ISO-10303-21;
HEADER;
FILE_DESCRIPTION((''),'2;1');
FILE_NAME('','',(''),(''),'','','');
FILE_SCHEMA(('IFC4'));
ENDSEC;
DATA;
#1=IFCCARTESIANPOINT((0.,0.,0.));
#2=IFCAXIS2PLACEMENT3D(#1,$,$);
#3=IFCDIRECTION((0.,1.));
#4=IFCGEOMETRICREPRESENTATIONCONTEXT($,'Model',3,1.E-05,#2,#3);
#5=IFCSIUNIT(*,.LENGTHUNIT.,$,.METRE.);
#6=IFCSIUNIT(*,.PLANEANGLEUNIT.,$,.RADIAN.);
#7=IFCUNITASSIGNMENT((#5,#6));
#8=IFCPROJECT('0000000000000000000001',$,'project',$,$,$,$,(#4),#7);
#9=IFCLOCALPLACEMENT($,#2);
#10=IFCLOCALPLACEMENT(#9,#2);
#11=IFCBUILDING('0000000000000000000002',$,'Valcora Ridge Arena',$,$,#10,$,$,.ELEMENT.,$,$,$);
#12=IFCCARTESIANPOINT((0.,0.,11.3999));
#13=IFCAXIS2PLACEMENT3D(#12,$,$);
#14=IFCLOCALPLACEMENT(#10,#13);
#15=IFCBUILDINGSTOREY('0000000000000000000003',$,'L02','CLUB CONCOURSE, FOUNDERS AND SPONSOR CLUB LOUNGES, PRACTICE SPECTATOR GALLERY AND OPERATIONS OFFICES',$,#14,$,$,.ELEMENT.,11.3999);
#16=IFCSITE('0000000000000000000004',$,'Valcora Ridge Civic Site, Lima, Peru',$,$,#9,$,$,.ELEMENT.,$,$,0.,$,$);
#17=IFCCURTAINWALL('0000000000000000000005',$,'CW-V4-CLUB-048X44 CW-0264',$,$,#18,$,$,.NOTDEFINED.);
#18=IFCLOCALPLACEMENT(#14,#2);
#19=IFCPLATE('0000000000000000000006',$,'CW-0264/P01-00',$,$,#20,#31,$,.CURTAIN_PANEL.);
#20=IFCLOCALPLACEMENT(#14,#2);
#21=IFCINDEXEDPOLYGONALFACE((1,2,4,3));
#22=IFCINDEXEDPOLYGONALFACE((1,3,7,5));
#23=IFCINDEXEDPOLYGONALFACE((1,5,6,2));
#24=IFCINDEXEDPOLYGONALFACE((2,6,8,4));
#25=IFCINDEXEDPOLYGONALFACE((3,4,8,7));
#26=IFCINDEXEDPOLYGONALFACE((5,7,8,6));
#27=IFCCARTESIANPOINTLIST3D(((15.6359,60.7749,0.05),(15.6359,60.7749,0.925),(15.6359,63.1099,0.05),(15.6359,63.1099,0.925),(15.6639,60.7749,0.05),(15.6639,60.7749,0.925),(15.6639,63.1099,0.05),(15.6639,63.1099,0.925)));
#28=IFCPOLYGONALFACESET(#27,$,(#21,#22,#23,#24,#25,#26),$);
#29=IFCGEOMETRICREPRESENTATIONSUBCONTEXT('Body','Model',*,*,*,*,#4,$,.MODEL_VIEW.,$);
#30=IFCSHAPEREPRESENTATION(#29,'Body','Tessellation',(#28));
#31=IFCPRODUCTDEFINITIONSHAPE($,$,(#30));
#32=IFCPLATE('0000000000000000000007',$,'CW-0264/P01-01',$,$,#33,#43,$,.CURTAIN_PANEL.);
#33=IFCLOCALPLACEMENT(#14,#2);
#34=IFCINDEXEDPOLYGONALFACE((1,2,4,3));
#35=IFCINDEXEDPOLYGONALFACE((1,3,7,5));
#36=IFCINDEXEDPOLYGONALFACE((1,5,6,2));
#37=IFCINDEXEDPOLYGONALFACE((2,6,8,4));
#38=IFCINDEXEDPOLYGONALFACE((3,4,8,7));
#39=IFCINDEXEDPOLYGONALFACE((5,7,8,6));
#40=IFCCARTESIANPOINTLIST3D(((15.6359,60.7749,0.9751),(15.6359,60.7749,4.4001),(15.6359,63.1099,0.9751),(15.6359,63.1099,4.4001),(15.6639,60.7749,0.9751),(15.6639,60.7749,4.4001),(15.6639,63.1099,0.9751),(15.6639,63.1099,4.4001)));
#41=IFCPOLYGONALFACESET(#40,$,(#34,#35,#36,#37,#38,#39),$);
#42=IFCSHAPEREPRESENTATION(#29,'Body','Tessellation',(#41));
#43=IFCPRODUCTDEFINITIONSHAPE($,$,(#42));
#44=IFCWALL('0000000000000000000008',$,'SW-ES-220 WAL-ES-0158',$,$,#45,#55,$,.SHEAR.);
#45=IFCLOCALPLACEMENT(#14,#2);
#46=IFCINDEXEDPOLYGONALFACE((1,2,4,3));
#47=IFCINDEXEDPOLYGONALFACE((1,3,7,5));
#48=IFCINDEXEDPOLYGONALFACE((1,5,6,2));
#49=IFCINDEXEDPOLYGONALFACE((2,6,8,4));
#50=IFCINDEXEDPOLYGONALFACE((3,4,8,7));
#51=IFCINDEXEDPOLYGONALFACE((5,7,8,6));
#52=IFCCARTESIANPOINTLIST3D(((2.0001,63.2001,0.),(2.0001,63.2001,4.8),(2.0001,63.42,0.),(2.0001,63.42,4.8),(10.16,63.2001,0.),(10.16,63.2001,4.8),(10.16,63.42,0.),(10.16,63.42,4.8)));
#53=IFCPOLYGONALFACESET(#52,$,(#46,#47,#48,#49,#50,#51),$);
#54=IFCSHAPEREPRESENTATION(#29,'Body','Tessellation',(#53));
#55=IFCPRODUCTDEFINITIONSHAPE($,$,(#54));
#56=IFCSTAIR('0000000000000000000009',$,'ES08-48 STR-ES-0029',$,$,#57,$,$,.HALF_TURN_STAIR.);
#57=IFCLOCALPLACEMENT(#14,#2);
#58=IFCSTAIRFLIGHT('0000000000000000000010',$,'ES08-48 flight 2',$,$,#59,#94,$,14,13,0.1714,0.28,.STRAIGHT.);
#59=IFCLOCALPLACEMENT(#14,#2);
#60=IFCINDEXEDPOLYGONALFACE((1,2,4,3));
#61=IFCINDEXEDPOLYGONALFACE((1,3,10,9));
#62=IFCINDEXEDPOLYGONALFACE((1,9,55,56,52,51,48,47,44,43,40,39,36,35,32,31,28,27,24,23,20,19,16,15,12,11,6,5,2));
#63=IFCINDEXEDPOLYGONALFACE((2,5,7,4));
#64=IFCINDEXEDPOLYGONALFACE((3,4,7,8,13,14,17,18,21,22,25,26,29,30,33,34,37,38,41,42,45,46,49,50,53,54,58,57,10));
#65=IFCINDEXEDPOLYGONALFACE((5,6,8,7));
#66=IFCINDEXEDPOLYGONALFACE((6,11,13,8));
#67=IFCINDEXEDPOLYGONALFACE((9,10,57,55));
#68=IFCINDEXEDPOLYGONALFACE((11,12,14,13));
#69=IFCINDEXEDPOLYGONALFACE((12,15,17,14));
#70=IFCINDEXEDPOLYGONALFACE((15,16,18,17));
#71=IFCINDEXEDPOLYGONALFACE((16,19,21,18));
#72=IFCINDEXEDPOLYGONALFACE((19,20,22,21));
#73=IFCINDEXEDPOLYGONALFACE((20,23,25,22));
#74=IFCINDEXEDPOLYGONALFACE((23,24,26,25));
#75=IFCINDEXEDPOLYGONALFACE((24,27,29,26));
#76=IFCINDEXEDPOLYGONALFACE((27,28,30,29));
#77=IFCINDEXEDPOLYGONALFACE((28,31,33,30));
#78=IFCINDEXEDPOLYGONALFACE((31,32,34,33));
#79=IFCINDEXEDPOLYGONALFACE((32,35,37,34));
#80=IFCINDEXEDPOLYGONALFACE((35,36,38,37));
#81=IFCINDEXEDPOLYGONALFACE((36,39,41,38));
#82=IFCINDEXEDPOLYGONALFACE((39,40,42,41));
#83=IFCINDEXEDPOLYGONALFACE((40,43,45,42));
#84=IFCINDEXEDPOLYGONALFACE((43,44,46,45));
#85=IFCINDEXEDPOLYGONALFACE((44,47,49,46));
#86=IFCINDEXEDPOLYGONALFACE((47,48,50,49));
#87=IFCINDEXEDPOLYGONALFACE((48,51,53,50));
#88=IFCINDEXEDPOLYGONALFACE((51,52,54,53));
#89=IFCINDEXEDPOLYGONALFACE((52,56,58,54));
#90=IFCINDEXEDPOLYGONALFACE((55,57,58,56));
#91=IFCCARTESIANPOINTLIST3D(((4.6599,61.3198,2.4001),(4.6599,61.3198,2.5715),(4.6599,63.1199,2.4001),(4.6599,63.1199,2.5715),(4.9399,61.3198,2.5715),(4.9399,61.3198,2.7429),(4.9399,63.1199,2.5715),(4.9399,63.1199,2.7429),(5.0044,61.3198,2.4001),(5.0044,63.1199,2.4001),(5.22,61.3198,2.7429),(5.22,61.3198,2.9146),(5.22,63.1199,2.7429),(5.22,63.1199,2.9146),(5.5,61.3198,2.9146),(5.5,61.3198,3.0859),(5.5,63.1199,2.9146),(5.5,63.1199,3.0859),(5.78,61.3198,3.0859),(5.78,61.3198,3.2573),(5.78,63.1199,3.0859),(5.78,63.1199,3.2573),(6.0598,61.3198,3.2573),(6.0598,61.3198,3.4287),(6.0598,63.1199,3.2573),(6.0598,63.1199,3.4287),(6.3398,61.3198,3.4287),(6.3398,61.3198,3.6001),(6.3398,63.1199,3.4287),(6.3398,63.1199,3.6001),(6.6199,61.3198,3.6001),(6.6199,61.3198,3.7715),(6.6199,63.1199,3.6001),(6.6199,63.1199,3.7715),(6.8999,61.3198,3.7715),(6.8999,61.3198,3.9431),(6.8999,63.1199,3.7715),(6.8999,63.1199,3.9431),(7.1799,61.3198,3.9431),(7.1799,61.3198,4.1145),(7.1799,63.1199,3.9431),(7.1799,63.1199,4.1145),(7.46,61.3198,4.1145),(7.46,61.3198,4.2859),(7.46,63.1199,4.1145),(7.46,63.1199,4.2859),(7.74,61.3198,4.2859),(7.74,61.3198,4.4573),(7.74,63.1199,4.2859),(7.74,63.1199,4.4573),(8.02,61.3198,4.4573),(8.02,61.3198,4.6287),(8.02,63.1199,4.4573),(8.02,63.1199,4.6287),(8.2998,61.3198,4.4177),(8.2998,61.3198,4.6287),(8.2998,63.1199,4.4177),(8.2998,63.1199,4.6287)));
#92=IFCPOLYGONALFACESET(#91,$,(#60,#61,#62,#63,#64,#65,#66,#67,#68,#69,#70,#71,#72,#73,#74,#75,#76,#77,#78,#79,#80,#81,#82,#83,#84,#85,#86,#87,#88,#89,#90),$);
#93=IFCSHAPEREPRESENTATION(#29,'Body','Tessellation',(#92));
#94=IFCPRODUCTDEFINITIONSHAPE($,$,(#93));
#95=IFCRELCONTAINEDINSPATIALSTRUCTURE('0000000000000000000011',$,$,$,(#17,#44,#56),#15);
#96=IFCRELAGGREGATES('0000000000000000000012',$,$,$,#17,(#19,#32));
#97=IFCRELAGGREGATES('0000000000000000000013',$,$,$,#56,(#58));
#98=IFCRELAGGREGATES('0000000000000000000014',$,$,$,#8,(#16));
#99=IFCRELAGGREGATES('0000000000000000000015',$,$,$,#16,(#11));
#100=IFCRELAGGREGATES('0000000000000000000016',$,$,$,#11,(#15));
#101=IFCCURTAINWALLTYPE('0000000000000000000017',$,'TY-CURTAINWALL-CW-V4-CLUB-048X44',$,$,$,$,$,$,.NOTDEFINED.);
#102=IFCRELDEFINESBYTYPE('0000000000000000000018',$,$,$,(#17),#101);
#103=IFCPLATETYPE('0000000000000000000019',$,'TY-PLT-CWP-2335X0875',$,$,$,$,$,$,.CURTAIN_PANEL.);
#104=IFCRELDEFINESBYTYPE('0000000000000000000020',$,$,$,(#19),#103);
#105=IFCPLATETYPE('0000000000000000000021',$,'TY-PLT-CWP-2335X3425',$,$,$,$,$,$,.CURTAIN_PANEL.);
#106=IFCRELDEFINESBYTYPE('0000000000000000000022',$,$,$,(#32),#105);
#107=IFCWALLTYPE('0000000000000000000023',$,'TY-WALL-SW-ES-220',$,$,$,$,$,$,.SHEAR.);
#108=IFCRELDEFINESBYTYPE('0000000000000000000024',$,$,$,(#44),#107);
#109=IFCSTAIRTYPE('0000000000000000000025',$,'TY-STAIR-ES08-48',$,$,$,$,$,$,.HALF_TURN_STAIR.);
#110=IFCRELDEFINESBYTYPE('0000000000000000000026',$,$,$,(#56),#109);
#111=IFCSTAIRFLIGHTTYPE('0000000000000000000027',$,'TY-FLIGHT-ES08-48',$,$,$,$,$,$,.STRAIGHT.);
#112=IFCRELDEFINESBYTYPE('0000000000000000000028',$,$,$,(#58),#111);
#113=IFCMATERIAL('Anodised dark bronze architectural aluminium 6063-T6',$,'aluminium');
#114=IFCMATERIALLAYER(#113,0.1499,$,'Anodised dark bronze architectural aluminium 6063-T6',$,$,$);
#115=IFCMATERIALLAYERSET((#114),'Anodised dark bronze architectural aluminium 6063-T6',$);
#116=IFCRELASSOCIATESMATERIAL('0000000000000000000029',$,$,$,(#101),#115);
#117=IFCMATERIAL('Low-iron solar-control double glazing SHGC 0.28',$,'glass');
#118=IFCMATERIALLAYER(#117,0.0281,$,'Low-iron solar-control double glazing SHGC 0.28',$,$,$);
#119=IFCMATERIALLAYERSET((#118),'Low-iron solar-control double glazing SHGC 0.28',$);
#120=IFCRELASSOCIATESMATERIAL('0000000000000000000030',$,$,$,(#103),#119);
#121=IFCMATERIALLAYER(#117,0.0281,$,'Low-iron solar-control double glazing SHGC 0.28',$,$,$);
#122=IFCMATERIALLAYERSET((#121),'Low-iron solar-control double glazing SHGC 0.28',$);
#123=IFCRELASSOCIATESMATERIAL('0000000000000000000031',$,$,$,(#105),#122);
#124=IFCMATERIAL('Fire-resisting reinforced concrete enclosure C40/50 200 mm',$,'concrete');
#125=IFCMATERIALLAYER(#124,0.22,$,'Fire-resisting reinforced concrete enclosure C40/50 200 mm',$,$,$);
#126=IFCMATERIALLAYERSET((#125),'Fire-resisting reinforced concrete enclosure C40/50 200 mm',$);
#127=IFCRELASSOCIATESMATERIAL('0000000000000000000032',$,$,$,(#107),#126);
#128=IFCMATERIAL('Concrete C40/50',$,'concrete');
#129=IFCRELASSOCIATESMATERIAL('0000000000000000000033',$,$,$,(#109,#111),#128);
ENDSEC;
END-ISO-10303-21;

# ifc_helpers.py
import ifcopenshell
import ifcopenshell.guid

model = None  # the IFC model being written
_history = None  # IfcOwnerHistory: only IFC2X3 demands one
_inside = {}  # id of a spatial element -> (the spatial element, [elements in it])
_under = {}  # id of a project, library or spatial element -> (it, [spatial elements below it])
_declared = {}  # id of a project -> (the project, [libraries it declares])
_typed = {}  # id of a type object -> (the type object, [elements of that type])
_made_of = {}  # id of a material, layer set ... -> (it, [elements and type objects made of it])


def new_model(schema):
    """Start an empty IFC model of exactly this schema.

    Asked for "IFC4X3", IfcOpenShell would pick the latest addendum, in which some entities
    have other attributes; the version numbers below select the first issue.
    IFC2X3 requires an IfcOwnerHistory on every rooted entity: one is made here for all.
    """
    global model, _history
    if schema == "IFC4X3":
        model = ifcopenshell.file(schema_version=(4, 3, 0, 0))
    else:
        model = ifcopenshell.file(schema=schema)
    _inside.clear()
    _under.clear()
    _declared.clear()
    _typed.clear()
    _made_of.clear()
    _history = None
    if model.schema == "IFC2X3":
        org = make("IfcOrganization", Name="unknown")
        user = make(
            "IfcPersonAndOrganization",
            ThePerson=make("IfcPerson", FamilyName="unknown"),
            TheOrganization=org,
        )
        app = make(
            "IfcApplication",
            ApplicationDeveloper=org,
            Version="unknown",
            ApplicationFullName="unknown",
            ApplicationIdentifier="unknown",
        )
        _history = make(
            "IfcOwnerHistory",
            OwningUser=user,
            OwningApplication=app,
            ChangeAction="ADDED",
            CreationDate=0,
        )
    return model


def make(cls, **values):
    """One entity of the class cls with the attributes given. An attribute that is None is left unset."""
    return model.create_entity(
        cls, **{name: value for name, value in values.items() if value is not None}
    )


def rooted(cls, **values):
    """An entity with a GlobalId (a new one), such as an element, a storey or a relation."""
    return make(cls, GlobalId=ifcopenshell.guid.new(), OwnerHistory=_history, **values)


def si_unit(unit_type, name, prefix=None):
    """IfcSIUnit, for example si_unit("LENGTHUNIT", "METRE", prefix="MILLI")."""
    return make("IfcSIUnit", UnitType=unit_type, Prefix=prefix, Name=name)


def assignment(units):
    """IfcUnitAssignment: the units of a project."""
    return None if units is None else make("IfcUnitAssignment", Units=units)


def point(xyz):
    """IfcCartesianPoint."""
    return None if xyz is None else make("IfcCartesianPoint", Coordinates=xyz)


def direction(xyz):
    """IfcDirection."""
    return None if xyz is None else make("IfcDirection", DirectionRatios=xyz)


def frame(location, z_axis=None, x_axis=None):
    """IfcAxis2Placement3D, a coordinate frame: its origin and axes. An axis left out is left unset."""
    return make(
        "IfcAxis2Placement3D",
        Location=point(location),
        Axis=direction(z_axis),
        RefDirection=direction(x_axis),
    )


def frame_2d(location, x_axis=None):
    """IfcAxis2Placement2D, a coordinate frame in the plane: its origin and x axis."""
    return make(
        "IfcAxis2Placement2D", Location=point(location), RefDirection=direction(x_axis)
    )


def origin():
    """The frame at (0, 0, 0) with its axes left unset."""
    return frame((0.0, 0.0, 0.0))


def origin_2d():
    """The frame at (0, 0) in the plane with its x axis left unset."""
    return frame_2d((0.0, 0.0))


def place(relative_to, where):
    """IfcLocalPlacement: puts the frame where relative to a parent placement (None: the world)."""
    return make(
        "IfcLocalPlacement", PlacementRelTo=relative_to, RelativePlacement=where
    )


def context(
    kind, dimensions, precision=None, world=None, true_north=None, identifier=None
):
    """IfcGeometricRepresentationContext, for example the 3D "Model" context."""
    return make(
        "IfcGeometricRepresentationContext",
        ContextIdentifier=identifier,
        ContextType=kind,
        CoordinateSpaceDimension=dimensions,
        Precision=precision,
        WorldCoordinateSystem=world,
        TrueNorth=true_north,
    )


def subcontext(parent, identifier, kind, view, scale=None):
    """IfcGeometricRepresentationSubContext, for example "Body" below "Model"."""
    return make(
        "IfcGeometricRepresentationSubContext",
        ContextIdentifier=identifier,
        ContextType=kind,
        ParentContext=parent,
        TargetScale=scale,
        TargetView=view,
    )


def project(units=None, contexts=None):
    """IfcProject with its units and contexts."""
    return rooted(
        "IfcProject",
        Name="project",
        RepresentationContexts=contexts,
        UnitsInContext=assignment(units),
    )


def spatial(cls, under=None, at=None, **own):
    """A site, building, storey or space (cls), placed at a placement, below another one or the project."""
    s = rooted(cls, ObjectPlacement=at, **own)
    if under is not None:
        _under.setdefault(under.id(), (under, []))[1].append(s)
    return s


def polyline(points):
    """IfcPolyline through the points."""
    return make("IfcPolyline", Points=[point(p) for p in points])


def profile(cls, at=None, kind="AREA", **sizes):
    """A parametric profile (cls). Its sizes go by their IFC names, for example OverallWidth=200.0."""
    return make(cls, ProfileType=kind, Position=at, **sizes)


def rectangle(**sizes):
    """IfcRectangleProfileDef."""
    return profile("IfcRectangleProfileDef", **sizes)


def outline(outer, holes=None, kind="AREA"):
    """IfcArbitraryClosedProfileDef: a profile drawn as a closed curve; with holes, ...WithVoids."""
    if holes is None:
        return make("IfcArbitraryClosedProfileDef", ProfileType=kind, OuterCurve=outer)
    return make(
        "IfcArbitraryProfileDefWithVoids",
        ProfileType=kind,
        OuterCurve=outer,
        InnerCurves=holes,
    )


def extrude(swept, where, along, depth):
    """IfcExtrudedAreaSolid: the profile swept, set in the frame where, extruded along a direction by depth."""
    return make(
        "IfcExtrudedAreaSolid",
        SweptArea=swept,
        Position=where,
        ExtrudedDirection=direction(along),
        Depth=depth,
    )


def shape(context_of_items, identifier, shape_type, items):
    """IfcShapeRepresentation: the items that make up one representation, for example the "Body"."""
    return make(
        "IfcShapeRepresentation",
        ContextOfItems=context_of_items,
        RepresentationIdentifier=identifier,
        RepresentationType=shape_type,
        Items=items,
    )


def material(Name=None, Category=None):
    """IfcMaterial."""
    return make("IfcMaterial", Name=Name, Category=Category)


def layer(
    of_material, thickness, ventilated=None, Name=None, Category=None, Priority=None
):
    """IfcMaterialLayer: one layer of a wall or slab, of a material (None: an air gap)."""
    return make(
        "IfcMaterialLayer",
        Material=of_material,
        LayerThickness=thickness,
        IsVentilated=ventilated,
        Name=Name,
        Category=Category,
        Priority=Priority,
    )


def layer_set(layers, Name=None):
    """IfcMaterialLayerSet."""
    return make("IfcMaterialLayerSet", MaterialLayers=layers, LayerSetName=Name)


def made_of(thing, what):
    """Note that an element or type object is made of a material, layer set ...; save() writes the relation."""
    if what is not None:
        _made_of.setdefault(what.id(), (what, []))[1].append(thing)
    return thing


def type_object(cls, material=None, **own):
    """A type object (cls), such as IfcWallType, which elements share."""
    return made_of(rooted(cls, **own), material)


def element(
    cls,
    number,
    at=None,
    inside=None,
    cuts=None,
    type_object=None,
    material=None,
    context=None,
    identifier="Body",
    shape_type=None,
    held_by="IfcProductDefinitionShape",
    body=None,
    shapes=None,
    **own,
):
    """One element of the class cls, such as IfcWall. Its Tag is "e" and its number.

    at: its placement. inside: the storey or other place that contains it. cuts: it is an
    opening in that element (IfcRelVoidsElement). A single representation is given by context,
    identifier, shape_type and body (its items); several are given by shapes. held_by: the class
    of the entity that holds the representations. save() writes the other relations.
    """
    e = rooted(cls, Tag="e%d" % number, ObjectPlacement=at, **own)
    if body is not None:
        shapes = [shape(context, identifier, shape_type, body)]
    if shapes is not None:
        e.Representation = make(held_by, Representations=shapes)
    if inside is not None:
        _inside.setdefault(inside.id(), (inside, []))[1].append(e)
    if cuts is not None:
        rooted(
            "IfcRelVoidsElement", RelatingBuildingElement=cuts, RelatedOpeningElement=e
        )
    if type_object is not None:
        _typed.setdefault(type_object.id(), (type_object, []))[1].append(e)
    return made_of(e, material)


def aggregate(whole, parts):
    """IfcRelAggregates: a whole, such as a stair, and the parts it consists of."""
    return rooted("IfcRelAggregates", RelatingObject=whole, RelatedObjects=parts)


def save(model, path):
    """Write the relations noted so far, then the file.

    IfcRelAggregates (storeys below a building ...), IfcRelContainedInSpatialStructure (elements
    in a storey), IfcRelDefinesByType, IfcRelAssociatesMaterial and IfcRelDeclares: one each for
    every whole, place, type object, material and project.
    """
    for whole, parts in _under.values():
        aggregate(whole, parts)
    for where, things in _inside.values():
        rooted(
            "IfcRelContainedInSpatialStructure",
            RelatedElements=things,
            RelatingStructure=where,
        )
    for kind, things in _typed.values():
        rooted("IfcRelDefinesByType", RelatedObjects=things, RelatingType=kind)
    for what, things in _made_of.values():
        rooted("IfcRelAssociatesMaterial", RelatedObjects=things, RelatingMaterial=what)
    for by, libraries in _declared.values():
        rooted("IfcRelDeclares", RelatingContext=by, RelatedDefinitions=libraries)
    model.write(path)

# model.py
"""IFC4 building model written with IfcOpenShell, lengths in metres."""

from ifc_helpers import new_model, si_unit, direction, frame, frame_2d, origin, origin_2d, place, context, subcontext, project, spatial, polyline, rectangle, outline, extrude, material, layer, layer_set, type_object, element, aggregate, save


model = new_model("IFC4")

# Units and contexts
model_context = context("Model", 3, precision=1e-05, world=origin(), true_north=direction((0.0, 1.0)))
body_context = subcontext(model_context, "Body", "Model", "MODEL_VIEW")
ifc_project = project(units=[si_unit("LENGTHUNIT", "METRE"), si_unit("PLANEANGLEUNIT", "RADIAN")], contexts=[model_context])

# Site, building, storey
site_placement = place(None, origin())
site = spatial("IfcSite", under=ifc_project, at=site_placement, Name="Valcora Ridge Civic Site, Lima, Peru", CompositionType="ELEMENT", RefElevation=0.0)
building_placement = place(site_placement, origin())
building = spatial("IfcBuilding", under=site, at=building_placement, Name="Valcora Ridge Arena", CompositionType="ELEMENT")
storey_placement = place(building_placement, frame((0.0, 0.0, 11.3999)))
storey = spatial("IfcBuildingStorey", under=building, at=storey_placement, Name="L02", Description="CLUB CONCOURSE, FOUNDERS AND SPONSOR CLUB LOUNGES, PRACTICE SPECTATOR GALLERY AND OPERATIONS OFFICES", CompositionType="ELEMENT", Elevation=11.3999)

# Curtain wall
ifc_material_1 = material(Name="Anodised dark bronze architectural aluminium 6063-T6", Category="aluminium")
ifc_layer_1 = layer(ifc_material_1, 0.1499, Name="Anodised dark bronze architectural aluminium 6063-T6")
ifc_layer_set_1 = layer_set([ifc_layer_1], Name="Anodised dark bronze architectural aluminium 6063-T6")
curtain_wall_type_1 = type_object("IfcCurtainWallType", Name="TY-CURTAINWALL-CW-V4-CLUB-048X44", PredefinedType="NOTDEFINED", material=ifc_layer_set_1)
curtain_wall_1_placement = place(storey_placement, origin())
curtain_wall_1 = element("IfcCurtainWall", 1, at=curtain_wall_1_placement, inside=storey, type_object=curtain_wall_type_1, Name="CW-V4-CLUB-048X44 CW-0264", PredefinedType="NOTDEFINED")

# Plates
ifc_material_2 = material(Name="Low-iron solar-control double glazing SHGC 0.28", Category="glass")
ifc_layer_2 = layer(ifc_material_2, 0.0281, Name="Low-iron solar-control double glazing SHGC 0.28")
ifc_layer_set_2 = layer_set([ifc_layer_2], Name="Low-iron solar-control double glazing SHGC 0.28")
plate_type_1 = type_object("IfcPlateType", Name="TY-PLT-CWP-2335X0875", PredefinedType="CURTAIN_PANEL", material=ifc_layer_set_2)
plate_1_placement = place(storey_placement, frame((15.6499, 61.9424, 0.05), z_axis=(0.0, 0.0, 1.0), x_axis=(0.0, 1.0, 0.0)))
plate_1 = element("IfcPlate", 2, at=plate_1_placement, type_object=plate_type_1, Name="CW-0264/P01-00", PredefinedType="CURTAIN_PANEL", context=body_context, shape_type="SweptSolid", body=[
    extrude(rectangle(XDim=2.335, YDim=0.0281, at=origin_2d()), origin(), (0.0, 0.0, 1.0), 0.875),
])
ifc_layer_3 = layer(ifc_material_2, 0.0281, Name="Low-iron solar-control double glazing SHGC 0.28")
ifc_layer_set_3 = layer_set([ifc_layer_3], Name="Low-iron solar-control double glazing SHGC 0.28")
plate_type_2 = type_object("IfcPlateType", Name="TY-PLT-CWP-2335X3425", PredefinedType="CURTAIN_PANEL", material=ifc_layer_set_3)
plate_2_placement = place(storey_placement, frame((15.6499, 61.9424, 0.9751), z_axis=(0.0, 0.0, 1.0), x_axis=(0.0, 1.0, 0.0)))
plate_2 = element("IfcPlate", 3, at=plate_2_placement, type_object=plate_type_2, Name="CW-0264/P01-01", PredefinedType="CURTAIN_PANEL", context=body_context, shape_type="SweptSolid", body=[
    extrude(rectangle(XDim=2.335, YDim=0.0281, at=origin_2d()), origin(), (0.0, 0.0, 1.0), 3.425),
])
aggregate(curtain_wall_1, [plate_1, plate_2])

# Wall
ifc_material_3 = material(Name="Fire-resisting reinforced concrete enclosure C40/50 200 mm", Category="concrete")
ifc_layer_4 = layer(ifc_material_3, 0.22, Name="Fire-resisting reinforced concrete enclosure C40/50 200 mm")
ifc_layer_set_4 = layer_set([ifc_layer_4], Name="Fire-resisting reinforced concrete enclosure C40/50 200 mm")
wall_type_1 = type_object("IfcWallType", Name="TY-WALL-SW-ES-220", PredefinedType="SHEAR", material=ifc_layer_set_4)
wall_1_placement = place(storey_placement, frame((2.0, 63.3101, 0.0), z_axis=(0.0, 0.0, 1.0), x_axis=(1.0, 0.0, 0.0)))
element("IfcWall", 4, at=wall_1_placement, inside=storey, type_object=wall_type_1, Name="SW-ES-220 WAL-ES-0158", PredefinedType="SHEAR", context=body_context, shape_type="SweptSolid", body=[
    extrude(rectangle(XDim=8.1599, YDim=0.22, at=frame_2d((4.0801, 0.0))), origin(), (0.0, 0.0, 1.0), 4.8),
])

# Stair, stair flight
ifc_material_4 = material(Name="Concrete C40/50", Category="concrete")
stair_type = type_object("IfcStairType", Name="TY-STAIR-ES08-48", PredefinedType="HALF_TURN_STAIR", material=ifc_material_4)
stair_placement = place(storey_placement, origin())
stair = element("IfcStair", 5, at=stair_placement, inside=storey, type_object=stair_type, Name="ES08-48 STR-ES-0029", PredefinedType="HALF_TURN_STAIR")
stair_flight_type = type_object("IfcStairFlightType", Name="TY-FLIGHT-ES08-48", PredefinedType="STRAIGHT", material=ifc_material_4)
stair_flight_placement = place(storey_placement, frame((4.6599, 62.22, 2.4001), z_axis=(0.0, 0.0, 1.0), x_axis=(1.0, 0.0, 0.0)))
stair_flight = element("IfcStairFlight", 6, at=stair_flight_placement, type_object=stair_flight_type, Name="ES08-48 flight 2", NumberOfRisers=14, NumberOfTreads=13, PredefinedType="STRAIGHT", RiserHeight=0.1714, TreadLength=0.28, context=body_context, shape_type="SweptSolid", body=[
    extrude(outline(polyline([(0.0, 0.0), (0.0, 0.1714), (0.28, 0.1714), (0.28, 0.3428), (0.5601, 0.3428), (0.5601, 0.5144), (0.8401, 0.5144), (0.8401, 0.6858), (1.1201, 0.6858), (1.1201, 0.8572), (1.3999, 0.8572), (1.3999, 1.0286), (1.6799, 1.0286), (1.6799, 1.2), (1.96, 1.2), (1.96, 1.3713), (2.24, 1.3713), (2.24, 1.543), (2.52, 1.543), (2.52, 1.7144), (2.8, 1.7144), (2.8, 1.8857), (3.0801, 1.8857), (3.0801, 2.0571), (3.3601, 2.0571), (3.3601, 2.2285), (3.6399, 2.2285), (3.6399, 2.3999), (3.6399, 2.0176), (0.3445, 0.0), (0.0, 0.0)])), frame((0.0, 0.8999, 0.0), z_axis=(0.0, -1.0, 0.0), x_axis=(1.0, 0.0, 0.0)), (0.0, 0.0, 1.0), 1.8),
])
aggregate(stair, [stair_flight])

save(model, "model.ifc")
